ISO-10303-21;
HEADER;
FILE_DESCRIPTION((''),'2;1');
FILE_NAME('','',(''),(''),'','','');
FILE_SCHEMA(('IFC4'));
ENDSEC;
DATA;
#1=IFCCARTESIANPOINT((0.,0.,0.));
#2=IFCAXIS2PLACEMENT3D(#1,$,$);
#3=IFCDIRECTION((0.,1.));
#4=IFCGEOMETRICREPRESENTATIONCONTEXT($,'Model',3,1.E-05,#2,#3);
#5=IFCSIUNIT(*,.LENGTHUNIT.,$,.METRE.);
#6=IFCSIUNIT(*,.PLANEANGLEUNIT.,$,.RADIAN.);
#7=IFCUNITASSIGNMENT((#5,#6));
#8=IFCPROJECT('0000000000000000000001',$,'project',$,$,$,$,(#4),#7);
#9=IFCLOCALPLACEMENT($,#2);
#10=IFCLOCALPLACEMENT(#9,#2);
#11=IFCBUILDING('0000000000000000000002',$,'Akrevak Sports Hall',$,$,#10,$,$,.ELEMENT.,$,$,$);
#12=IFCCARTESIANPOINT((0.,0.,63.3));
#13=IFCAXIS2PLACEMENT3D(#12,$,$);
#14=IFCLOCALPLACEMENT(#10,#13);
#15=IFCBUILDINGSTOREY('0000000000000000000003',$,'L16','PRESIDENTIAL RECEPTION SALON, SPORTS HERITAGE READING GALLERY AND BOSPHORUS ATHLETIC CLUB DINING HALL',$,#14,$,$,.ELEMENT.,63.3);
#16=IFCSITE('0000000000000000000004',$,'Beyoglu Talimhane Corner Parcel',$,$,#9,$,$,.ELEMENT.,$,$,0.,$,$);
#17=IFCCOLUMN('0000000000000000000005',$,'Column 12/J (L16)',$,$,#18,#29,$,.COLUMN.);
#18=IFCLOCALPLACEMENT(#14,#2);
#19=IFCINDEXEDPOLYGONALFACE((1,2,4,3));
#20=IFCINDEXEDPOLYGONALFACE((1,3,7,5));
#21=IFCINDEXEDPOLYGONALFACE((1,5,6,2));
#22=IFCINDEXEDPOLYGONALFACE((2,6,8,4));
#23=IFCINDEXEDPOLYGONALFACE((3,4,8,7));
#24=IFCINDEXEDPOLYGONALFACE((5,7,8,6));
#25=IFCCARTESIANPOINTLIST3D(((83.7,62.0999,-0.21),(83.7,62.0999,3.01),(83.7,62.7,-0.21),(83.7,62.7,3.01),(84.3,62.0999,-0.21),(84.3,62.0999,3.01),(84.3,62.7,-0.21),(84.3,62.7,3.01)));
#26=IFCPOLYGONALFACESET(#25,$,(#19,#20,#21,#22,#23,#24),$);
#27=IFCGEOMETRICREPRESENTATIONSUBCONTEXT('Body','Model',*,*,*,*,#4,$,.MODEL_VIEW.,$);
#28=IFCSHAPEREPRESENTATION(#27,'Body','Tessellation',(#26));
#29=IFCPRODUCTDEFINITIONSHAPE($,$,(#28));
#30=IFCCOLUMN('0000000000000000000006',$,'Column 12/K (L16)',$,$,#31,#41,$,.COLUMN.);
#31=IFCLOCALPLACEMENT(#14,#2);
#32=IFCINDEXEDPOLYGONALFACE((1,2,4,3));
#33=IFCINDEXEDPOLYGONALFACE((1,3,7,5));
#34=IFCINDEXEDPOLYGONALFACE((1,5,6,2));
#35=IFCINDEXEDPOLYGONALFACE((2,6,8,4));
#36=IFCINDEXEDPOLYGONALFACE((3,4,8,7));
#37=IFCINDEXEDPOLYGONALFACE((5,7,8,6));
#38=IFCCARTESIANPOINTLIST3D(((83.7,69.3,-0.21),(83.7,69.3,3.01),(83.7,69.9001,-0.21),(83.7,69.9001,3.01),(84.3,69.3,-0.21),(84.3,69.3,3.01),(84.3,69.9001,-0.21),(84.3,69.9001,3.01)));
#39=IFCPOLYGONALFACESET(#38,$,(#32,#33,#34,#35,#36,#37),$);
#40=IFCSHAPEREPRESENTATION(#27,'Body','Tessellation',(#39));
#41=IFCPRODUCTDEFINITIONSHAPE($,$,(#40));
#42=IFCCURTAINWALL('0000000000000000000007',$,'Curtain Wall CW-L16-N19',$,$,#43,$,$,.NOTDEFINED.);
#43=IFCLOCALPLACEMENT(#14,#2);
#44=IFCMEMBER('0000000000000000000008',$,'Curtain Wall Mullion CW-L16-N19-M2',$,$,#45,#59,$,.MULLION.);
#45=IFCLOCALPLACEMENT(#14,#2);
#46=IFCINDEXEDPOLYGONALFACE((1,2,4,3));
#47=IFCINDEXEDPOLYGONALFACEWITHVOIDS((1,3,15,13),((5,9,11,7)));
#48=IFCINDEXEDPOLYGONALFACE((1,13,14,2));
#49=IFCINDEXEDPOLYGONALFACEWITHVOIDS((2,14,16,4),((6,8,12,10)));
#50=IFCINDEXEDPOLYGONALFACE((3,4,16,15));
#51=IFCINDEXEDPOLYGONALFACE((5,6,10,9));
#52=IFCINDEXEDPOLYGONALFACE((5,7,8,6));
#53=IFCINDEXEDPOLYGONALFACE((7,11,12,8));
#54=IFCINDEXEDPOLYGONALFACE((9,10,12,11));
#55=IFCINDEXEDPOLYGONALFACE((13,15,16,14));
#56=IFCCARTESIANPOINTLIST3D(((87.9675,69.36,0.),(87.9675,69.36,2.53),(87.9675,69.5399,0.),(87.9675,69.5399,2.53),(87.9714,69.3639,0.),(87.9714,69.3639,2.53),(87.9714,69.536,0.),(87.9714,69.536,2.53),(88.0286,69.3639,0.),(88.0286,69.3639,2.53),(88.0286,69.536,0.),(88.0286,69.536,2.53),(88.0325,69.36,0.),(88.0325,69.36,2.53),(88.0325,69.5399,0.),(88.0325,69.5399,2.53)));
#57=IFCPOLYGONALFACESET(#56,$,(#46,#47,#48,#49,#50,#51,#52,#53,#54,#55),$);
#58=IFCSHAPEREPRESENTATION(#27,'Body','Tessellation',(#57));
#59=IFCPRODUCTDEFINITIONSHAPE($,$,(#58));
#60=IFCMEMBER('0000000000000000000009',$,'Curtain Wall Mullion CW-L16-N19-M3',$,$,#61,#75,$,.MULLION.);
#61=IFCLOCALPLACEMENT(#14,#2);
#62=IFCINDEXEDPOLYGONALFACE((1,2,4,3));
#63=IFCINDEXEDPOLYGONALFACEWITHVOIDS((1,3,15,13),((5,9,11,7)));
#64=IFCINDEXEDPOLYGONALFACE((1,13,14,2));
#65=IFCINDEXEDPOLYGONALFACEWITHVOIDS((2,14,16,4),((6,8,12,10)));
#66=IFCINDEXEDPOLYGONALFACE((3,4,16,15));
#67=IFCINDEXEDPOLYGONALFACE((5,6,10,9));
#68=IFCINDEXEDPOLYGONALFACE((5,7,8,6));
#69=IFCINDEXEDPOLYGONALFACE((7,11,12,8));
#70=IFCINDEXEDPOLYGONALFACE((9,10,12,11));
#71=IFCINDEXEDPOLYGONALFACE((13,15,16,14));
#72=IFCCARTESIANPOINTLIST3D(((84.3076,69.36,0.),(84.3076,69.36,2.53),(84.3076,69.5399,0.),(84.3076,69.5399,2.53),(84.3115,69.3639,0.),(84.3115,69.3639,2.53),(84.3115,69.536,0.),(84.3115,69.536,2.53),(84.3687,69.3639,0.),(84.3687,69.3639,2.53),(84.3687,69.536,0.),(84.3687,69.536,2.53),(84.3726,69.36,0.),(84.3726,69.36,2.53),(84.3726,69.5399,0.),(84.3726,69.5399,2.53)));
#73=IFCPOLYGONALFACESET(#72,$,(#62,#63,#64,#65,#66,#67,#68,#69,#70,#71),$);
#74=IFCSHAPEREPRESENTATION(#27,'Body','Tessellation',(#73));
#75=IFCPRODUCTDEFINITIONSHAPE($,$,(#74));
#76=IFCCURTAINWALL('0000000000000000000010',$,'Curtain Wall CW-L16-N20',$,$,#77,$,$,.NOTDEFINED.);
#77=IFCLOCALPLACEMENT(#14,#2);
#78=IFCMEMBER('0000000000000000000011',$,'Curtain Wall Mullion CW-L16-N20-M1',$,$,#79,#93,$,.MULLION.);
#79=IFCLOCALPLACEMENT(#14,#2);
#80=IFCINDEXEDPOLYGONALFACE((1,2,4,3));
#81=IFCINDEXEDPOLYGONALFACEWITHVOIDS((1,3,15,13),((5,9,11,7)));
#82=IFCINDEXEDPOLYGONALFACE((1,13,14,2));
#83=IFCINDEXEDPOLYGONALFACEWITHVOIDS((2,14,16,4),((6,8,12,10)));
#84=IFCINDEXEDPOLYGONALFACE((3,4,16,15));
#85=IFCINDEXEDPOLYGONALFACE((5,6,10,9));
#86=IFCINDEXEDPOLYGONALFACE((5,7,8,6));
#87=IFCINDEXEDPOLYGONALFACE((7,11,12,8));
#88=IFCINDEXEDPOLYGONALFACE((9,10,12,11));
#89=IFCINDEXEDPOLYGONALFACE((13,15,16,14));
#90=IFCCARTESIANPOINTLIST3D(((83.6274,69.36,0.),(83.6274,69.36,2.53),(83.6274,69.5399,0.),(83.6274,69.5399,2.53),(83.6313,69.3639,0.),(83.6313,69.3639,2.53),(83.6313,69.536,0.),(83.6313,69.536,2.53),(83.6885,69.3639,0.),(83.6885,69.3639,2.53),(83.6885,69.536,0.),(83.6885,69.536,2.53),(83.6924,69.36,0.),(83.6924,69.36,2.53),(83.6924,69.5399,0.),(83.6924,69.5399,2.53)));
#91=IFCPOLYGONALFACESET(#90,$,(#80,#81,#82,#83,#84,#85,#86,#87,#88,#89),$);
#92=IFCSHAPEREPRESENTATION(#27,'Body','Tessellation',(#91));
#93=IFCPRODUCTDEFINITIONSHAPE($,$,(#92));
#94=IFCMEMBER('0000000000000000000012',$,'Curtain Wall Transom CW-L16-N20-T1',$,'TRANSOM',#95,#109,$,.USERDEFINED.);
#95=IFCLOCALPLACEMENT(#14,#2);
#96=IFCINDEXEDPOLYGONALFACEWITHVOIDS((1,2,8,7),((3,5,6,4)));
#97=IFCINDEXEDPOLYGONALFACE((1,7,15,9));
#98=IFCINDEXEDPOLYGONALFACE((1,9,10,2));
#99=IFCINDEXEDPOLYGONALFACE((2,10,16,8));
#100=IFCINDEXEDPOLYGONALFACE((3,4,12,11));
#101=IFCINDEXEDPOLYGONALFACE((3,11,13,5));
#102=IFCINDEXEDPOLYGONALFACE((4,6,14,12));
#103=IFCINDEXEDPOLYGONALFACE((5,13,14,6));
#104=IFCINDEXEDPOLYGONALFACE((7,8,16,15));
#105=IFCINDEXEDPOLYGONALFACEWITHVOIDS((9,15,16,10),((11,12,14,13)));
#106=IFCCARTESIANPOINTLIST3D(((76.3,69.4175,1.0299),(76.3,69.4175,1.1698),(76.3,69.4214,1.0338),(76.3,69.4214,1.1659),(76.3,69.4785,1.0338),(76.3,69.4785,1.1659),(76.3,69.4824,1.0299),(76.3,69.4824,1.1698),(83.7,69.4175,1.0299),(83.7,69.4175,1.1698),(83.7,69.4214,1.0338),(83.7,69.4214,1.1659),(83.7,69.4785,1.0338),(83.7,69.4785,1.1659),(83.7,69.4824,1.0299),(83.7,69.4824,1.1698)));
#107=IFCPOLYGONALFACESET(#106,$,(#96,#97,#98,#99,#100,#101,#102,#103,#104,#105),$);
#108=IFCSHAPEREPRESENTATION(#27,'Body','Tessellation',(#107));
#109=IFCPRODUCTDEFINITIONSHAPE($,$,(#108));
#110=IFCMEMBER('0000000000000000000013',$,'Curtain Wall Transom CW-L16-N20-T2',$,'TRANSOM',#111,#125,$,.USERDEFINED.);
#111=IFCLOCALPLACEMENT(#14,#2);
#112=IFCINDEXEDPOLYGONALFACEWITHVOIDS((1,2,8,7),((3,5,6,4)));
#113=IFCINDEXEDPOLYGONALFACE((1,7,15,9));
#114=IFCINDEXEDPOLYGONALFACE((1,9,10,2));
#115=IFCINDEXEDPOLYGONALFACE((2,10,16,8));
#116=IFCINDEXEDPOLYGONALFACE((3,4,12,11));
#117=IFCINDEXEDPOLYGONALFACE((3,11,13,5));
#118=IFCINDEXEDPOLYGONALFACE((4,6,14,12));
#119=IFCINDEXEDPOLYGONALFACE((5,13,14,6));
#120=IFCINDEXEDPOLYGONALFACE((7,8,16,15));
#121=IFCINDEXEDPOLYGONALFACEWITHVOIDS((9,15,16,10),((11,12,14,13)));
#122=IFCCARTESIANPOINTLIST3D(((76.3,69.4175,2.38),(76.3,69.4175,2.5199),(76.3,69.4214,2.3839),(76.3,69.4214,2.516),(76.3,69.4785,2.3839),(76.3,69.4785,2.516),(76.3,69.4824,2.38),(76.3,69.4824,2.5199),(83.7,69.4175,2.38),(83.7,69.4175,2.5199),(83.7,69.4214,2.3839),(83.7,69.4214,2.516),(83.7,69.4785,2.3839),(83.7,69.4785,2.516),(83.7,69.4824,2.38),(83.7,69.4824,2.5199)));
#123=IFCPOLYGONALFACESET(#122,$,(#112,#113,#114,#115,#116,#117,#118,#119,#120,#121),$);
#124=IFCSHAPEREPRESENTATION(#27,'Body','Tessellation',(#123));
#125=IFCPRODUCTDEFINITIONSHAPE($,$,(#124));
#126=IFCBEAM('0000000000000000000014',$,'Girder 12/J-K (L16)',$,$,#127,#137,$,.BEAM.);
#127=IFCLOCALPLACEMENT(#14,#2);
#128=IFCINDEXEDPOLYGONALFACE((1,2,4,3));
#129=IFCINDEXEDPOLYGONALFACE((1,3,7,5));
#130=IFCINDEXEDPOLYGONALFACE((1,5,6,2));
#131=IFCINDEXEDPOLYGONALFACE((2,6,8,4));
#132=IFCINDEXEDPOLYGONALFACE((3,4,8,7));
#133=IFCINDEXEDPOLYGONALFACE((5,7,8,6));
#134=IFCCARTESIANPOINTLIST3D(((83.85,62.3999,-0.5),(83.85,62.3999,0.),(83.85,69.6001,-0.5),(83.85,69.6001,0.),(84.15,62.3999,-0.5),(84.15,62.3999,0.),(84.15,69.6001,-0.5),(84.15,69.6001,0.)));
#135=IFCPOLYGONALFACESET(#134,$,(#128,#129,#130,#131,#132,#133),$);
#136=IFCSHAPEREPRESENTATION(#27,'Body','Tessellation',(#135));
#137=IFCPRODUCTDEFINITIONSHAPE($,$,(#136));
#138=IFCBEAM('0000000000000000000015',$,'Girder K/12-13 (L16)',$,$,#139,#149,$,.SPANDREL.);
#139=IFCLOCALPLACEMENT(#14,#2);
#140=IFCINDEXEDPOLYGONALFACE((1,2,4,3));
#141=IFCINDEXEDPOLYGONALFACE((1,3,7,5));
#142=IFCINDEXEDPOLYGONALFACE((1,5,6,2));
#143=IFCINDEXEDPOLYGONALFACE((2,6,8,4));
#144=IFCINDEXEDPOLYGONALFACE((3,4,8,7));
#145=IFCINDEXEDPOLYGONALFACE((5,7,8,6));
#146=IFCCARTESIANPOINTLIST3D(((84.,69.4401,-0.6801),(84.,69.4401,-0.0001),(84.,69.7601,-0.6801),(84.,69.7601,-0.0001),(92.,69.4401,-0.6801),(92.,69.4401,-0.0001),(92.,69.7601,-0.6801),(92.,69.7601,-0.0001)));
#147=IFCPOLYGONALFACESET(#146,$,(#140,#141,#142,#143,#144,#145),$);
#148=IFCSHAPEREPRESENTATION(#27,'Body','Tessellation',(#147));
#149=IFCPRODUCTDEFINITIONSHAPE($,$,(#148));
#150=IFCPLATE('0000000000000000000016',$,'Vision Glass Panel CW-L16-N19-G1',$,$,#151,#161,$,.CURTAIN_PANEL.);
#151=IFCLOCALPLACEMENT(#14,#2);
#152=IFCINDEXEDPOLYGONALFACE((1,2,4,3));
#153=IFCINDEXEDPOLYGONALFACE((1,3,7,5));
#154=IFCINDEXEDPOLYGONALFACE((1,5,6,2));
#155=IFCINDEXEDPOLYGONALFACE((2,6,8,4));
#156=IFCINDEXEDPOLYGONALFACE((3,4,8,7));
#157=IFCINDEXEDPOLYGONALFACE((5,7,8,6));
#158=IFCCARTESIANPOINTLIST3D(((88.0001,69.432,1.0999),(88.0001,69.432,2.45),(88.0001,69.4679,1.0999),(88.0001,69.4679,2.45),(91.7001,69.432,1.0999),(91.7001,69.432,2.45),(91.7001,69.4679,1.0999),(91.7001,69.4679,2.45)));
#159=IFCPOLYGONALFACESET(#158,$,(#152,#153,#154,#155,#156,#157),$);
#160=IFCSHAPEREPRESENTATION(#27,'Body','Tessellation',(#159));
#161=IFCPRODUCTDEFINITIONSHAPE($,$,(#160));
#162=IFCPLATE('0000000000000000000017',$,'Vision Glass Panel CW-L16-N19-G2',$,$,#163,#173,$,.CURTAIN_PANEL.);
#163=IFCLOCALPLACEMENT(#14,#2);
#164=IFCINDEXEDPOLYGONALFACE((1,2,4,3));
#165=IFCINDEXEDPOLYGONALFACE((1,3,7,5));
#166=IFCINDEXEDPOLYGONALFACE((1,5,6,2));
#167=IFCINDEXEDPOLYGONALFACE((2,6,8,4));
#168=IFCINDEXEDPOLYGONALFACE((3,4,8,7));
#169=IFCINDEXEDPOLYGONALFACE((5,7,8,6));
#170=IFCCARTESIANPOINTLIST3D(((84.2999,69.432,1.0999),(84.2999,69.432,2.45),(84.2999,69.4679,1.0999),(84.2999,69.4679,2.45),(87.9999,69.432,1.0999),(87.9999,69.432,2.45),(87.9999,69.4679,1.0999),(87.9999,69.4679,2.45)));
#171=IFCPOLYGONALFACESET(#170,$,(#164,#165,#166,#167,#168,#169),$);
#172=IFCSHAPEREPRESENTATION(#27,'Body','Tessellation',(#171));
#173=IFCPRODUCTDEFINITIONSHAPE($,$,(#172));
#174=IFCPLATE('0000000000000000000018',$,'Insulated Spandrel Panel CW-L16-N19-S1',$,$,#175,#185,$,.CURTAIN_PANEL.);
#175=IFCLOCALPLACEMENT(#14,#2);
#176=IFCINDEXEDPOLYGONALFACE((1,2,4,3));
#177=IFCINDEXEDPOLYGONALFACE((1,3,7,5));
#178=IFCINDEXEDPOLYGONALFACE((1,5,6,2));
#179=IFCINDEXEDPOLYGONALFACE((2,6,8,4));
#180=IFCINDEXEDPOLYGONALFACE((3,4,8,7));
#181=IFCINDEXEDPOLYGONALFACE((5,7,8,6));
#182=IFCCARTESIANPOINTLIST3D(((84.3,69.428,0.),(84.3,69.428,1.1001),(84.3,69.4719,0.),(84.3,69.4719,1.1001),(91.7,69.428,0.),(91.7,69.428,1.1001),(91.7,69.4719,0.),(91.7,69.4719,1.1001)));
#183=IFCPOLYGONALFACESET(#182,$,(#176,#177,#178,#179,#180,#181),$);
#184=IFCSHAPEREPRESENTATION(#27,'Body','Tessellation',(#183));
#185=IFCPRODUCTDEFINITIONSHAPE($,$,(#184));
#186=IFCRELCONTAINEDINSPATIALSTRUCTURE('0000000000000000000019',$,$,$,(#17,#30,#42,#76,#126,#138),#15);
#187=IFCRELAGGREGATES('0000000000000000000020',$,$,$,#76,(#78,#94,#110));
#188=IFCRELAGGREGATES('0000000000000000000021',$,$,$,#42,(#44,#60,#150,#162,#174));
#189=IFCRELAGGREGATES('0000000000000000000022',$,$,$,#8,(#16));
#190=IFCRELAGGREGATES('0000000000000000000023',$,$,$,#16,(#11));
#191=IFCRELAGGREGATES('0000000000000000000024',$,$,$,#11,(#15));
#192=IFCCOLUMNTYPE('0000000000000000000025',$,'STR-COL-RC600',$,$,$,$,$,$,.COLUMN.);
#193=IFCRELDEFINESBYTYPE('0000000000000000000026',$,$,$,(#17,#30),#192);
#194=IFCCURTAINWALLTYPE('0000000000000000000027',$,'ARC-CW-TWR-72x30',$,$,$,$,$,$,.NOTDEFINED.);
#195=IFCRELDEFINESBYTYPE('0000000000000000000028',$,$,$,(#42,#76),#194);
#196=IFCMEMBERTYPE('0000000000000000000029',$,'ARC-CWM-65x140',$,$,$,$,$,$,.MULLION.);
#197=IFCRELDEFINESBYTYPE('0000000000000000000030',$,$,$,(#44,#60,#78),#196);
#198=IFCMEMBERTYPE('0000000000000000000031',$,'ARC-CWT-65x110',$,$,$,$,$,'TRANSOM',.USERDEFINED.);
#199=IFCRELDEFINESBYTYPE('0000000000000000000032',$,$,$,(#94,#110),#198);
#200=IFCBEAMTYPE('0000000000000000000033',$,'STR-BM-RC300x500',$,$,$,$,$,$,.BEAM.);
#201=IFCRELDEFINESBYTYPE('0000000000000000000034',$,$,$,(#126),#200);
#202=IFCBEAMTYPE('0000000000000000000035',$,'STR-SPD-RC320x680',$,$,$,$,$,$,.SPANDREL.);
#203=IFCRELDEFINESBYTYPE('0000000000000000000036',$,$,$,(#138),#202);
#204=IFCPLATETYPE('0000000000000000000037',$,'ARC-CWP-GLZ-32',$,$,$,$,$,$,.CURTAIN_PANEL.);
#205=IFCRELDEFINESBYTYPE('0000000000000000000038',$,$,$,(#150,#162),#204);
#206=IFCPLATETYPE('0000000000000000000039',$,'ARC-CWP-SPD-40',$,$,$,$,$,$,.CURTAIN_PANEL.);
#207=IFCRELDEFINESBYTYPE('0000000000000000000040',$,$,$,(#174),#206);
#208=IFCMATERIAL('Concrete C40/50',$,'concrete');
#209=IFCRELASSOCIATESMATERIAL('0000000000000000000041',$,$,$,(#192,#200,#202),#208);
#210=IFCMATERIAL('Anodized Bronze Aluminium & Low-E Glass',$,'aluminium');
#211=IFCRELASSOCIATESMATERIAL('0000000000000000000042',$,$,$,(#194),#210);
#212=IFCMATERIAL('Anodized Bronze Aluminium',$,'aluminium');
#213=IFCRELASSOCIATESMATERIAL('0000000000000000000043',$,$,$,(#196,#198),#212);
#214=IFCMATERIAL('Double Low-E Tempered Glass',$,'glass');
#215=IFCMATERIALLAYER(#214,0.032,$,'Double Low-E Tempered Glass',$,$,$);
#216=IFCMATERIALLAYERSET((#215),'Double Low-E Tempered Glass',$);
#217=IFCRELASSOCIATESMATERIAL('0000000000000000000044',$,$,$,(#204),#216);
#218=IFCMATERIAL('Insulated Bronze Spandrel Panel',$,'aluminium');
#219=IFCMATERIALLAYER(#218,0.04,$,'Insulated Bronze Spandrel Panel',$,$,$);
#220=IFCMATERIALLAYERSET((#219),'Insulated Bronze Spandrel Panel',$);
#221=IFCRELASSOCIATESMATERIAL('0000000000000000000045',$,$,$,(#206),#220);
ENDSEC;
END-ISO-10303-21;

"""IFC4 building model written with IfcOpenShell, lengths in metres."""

from ifc_helpers import new_model, si_unit, direction, frame, origin, origin_2d, place, context, subcontext, project, spatial, rectangle, hollow_rectangle, extrude, material, layer, layer_set, material_profile, profile_set, type_object, element, aggregate, save


model = new_model("IFC4")

# Units and contexts
model_context = context("Model", 3, precision=1e-05, world=origin(), true_north=direction((0.0, 1.0)))
body_context = subcontext(model_context, "Body", "Model", "MODEL_VIEW")
ifc_project = project(units=[si_unit("LENGTHUNIT", "METRE"), si_unit("PLANEANGLEUNIT", "RADIAN")], contexts=[model_context])

# Site, building, storey
site_placement = place(None, origin())
site = spatial("IfcSite", under=ifc_project, at=site_placement, Name="Beyoglu Talimhane Corner Parcel", CompositionType="ELEMENT", RefElevation=0.0)
building_placement = place(site_placement, origin())
building = spatial("IfcBuilding", under=site, at=building_placement, Name="Akrevak Sports Hall", CompositionType="ELEMENT")
storey_placement = place(building_placement, frame((0.0, 0.0, 63.3)))
storey = spatial("IfcBuildingStorey", under=building, at=storey_placement, Name="L16", Description="PRESIDENTIAL RECEPTION SALON, SPORTS HERITAGE READING GALLERY AND BOSPHORUS ATHLETIC CLUB DINING HALL", CompositionType="ELEMENT", Elevation=63.3)

# Columns
ifc_material_1 = material(Name="Concrete C40/50", Category="concrete")
ifc_material_profile_1 = material_profile(ifc_material_1, rectangle(XDim=0.6001, YDim=0.6001, at=origin_2d()), Name="RC 600x600", Category="concrete")
ifc_profile_set_1 = profile_set([ifc_material_profile_1], Name="Concrete C40/50")
column_type = type_object("IfcColumnType", Name="STR-COL-RC600", PredefinedType="COLUMN", material=ifc_profile_set_1)
for number, where, z_axis, x_axis, name in (
    (1, (84.0, 62.3999, -0.21), (0.0, 0.0, 1.0), (1.0, 0.0, 0.0), "Column 12/J (L16)"),
    (2, (84.0, 69.6001, -0.21), (0.0, 0.0, 1.0), (1.0, 0.0, 0.0), "Column 12/K (L16)"),
):
    element("IfcColumn", number, at=place(storey_placement, frame(where, z_axis=z_axis, x_axis=x_axis)), inside=storey, type_object=column_type, Name=name, PredefinedType="COLUMN", context=body_context, shape_type="SweptSolid", body=[
        extrude(rectangle(XDim=0.6001, YDim=0.6001, at=origin_2d()), origin(), (0.0, 0.0, 1.0), 3.22),
    ])

# Curtain walls, members
ifc_material_2 = material(Name="Anodized Bronze Aluminium & Low-E Glass", Category="aluminium")
curtain_wall_type = type_object("IfcCurtainWallType", Name="ARC-CW-TWR-72x30", PredefinedType="NOTDEFINED", material=ifc_material_2)
curtain_wall_1_placement = place(storey_placement, origin())
curtain_wall_1 = element("IfcCurtainWall", 3, at=curtain_wall_1_placement, inside=storey, type_object=curtain_wall_type, Name="Curtain Wall CW-L16-N19", PredefinedType="NOTDEFINED")
ifc_material_3 = material(Name="Anodized Bronze Aluminium", Category="aluminium")
ifc_material_profile_2 = material_profile(ifc_material_3, hollow_rectangle(XDim=0.0649, YDim=0.1799, WallThickness=0.0039, at=origin_2d()), Name="CWM 65x180", Category="aluminium")
ifc_profile_set_2 = profile_set([ifc_material_profile_2], Name="Anodized Bronze Aluminium")
member_type_1 = type_object("IfcMemberType", Name="ARC-CWM-65x140", PredefinedType="MULLION", material=ifc_profile_set_2)
member_1_placement = place(storey_placement, frame((88.0, 69.45, 0.0), z_axis=(0.0, 0.0, 1.0), x_axis=(-1.0, 0.0, 0.0)))
member_1 = element("IfcMember", 4, at=member_1_placement, type_object=member_type_1, Name="Curtain Wall Mullion CW-L16-N19-M2", PredefinedType="MULLION", context=body_context, shape_type="SweptSolid", body=[
    extrude(hollow_rectangle(XDim=0.0649, YDim=0.1799, WallThickness=0.0039, at=origin_2d()), origin(), (0.0, 0.0, 1.0), 2.53),
])
member_2_placement = place(storey_placement, frame((84.3401, 69.45, 0.0), z_axis=(0.0, 0.0, 1.0), x_axis=(-1.0, 0.0, 0.0)))
member_2 = element("IfcMember", 5, at=member_2_placement, type_object=member_type_1, Name="Curtain Wall Mullion CW-L16-N19-M3", PredefinedType="MULLION", context=body_context, shape_type="SweptSolid", body=[
    extrude(hollow_rectangle(XDim=0.0649, YDim=0.1799, WallThickness=0.0039, at=origin_2d()), origin(), (0.0, 0.0, 1.0), 2.53),
])
curtain_wall_2_placement = place(storey_placement, origin())
curtain_wall_2 = element("IfcCurtainWall", 6, at=curtain_wall_2_placement, inside=storey, type_object=curtain_wall_type, Name="Curtain Wall CW-L16-N20", PredefinedType="NOTDEFINED")
member_3_placement = place(storey_placement, frame((83.6599, 69.45, 0.0), z_axis=(0.0, 0.0, 1.0), x_axis=(-1.0, 0.0, 0.0)))
member_3 = element("IfcMember", 7, at=member_3_placement, type_object=member_type_1, Name="Curtain Wall Mullion CW-L16-N20-M1", PredefinedType="MULLION", context=body_context, shape_type="SweptSolid", body=[
    extrude(hollow_rectangle(XDim=0.0649, YDim=0.1799, WallThickness=0.0039, at=origin_2d()), origin(), (0.0, 0.0, 1.0), 2.53),
])
ifc_material_profile_3 = material_profile(ifc_material_3, hollow_rectangle(XDim=0.0649, YDim=0.1399, WallThickness=0.0039, at=origin_2d()), Name="CWT 65x140", Category="aluminium")
ifc_profile_set_3 = profile_set([ifc_material_profile_3], Name="Anodized Bronze Aluminium")
member_type_2 = type_object("IfcMemberType", Name="ARC-CWT-65x110", ElementType="TRANSOM", PredefinedType="USERDEFINED", material=ifc_profile_set_3)
member_4_placement = place(storey_placement, frame((83.7, 69.45, 1.0999), z_axis=(-1.0, 0.0, 0.0), x_axis=(0.0, -1.0, 0.0)))
member_4 = element("IfcMember", 8, at=member_4_placement, type_object=member_type_2, Name="Curtain Wall Transom CW-L16-N20-T1", ObjectType="TRANSOM", PredefinedType="USERDEFINED", context=body_context, shape_type="SweptSolid", body=[
    extrude(hollow_rectangle(XDim=0.0649, YDim=0.1399, WallThickness=0.0039, at=origin_2d()), origin(), (0.0, 0.0, 1.0), 7.3999),
])
member_5_placement = place(storey_placement, frame((83.7, 69.45, 2.45), z_axis=(-1.0, 0.0, 0.0), x_axis=(0.0, -1.0, 0.0)))
member_5 = element("IfcMember", 9, at=member_5_placement, type_object=member_type_2, Name="Curtain Wall Transom CW-L16-N20-T2", ObjectType="TRANSOM", PredefinedType="USERDEFINED", context=body_context, shape_type="SweptSolid", body=[
    extrude(hollow_rectangle(XDim=0.0649, YDim=0.1399, WallThickness=0.0039, at=origin_2d()), origin(), (0.0, 0.0, 1.0), 7.3999),
])
aggregate(curtain_wall_2, [member_3, member_4, member_5])

# Beams
ifc_material_profile_4 = material_profile(ifc_material_1, rectangle(XDim=0.3, YDim=0.5, at=origin_2d()), Name="BM 300x500", Category="concrete")
ifc_profile_set_4 = profile_set([ifc_material_profile_4], Name="Concrete C40/50")
beam_type_1 = type_object("IfcBeamType", Name="STR-BM-RC300x500", PredefinedType="BEAM", material=ifc_profile_set_4)
beam_1_placement = place(storey_placement, frame((84.0, 62.3999, -0.25), z_axis=(0.0, 1.0, 0.0), x_axis=(-1.0, 0.0, 0.0)))
element("IfcBeam", 10, at=beam_1_placement, inside=storey, type_object=beam_type_1, Name="Girder 12/J-K (L16)", PredefinedType="BEAM", context=body_context, shape_type="SweptSolid", body=[
    extrude(rectangle(XDim=0.3, YDim=0.5, at=origin_2d()), origin(), (0.0, 0.0, 1.0), 7.2002),
])
ifc_material_profile_5 = material_profile(ifc_material_1, rectangle(XDim=0.3201, YDim=0.6799, at=origin_2d()), Name="SPD 320x680", Category="concrete")
ifc_profile_set_5 = profile_set([ifc_material_profile_5], Name="Concrete C40/50")
beam_type_2 = type_object("IfcBeamType", Name="STR-SPD-RC320x680", PredefinedType="SPANDREL", material=ifc_profile_set_5)
beam_2_placement = place(storey_placement, frame((84.0, 69.6001, -0.3401), z_axis=(1.0, 0.0, 0.0), x_axis=(0.0, 1.0, 0.0)))
element("IfcBeam", 11, at=beam_2_placement, inside=storey, type_object=beam_type_2, Name="Girder K/12-13 (L16)", PredefinedType="SPANDREL", context=body_context, shape_type="SweptSolid", body=[
    extrude(rectangle(XDim=0.3201, YDim=0.6799, at=origin_2d()), origin(), (0.0, 0.0, 1.0), 8.0),
])

# Plates
ifc_material_4 = material(Name="Double Low-E Tempered Glass", Category="glass")
ifc_layer_1 = layer(ifc_material_4, 0.032, Name="Double Low-E Tempered Glass")
ifc_layer_set_1 = layer_set([ifc_layer_1], Name="Double Low-E Tempered Glass")
plate_type_1 = type_object("IfcPlateType", Name="ARC-CWP-GLZ-32", PredefinedType="CURTAIN_PANEL", material=ifc_layer_set_1)
plate_1_placement = place(storey_placement, frame((89.8501, 69.45, 1.0999), z_axis=(0.0, 0.0, 1.0), x_axis=(-1.0, 0.0, 0.0)))
plate_1 = element("IfcPlate", 12, at=plate_1_placement, type_object=plate_type_1, Name="Vision Glass Panel CW-L16-N19-G1", PredefinedType="CURTAIN_PANEL", context=body_context, shape_type="SweptSolid", body=[
    extrude(rectangle(XDim=3.7, YDim=0.0359, at=origin_2d()), origin(), (0.0, 0.0, 1.0), 1.3501),
])
plate_2_placement = place(storey_placement, frame((86.1499, 69.45, 1.0999), z_axis=(0.0, 0.0, 1.0), x_axis=(-1.0, 0.0, 0.0)))
plate_2 = element("IfcPlate", 13, at=plate_2_placement, type_object=plate_type_1, Name="Vision Glass Panel CW-L16-N19-G2", PredefinedType="CURTAIN_PANEL", context=body_context, shape_type="SweptSolid", body=[
    extrude(rectangle(XDim=3.7, YDim=0.0359, at=origin_2d()), origin(), (0.0, 0.0, 1.0), 1.3501),
])
ifc_material_5 = material(Name="Insulated Bronze Spandrel Panel", Category="aluminium")
ifc_layer_2 = layer(ifc_material_5, 0.04, Name="Insulated Bronze Spandrel Panel")
ifc_layer_set_2 = layer_set([ifc_layer_2], Name="Insulated Bronze Spandrel Panel")
plate_type_2 = type_object("IfcPlateType", Name="ARC-CWP-SPD-40", PredefinedType="CURTAIN_PANEL", material=ifc_layer_set_2)
plate_3_placement = place(storey_placement, frame((88.0, 69.45, 0.0), z_axis=(0.0, 0.0, 1.0), x_axis=(-1.0, 0.0, 0.0)))
plate_3 = element("IfcPlate", 14, at=plate_3_placement, type_object=plate_type_2, Name="Insulated Spandrel Panel CW-L16-N19-S1", PredefinedType="CURTAIN_PANEL", context=body_context, shape_type="SweptSolid", body=[
    extrude(rectangle(XDim=7.3999, YDim=0.0439, at=origin_2d()), origin(), (0.0, 0.0, 1.0), 1.1001),
])
aggregate(curtain_wall_1, [member_1, member_2, plate_1, plate_2, plate_3])

save(model, "model.ifc")
